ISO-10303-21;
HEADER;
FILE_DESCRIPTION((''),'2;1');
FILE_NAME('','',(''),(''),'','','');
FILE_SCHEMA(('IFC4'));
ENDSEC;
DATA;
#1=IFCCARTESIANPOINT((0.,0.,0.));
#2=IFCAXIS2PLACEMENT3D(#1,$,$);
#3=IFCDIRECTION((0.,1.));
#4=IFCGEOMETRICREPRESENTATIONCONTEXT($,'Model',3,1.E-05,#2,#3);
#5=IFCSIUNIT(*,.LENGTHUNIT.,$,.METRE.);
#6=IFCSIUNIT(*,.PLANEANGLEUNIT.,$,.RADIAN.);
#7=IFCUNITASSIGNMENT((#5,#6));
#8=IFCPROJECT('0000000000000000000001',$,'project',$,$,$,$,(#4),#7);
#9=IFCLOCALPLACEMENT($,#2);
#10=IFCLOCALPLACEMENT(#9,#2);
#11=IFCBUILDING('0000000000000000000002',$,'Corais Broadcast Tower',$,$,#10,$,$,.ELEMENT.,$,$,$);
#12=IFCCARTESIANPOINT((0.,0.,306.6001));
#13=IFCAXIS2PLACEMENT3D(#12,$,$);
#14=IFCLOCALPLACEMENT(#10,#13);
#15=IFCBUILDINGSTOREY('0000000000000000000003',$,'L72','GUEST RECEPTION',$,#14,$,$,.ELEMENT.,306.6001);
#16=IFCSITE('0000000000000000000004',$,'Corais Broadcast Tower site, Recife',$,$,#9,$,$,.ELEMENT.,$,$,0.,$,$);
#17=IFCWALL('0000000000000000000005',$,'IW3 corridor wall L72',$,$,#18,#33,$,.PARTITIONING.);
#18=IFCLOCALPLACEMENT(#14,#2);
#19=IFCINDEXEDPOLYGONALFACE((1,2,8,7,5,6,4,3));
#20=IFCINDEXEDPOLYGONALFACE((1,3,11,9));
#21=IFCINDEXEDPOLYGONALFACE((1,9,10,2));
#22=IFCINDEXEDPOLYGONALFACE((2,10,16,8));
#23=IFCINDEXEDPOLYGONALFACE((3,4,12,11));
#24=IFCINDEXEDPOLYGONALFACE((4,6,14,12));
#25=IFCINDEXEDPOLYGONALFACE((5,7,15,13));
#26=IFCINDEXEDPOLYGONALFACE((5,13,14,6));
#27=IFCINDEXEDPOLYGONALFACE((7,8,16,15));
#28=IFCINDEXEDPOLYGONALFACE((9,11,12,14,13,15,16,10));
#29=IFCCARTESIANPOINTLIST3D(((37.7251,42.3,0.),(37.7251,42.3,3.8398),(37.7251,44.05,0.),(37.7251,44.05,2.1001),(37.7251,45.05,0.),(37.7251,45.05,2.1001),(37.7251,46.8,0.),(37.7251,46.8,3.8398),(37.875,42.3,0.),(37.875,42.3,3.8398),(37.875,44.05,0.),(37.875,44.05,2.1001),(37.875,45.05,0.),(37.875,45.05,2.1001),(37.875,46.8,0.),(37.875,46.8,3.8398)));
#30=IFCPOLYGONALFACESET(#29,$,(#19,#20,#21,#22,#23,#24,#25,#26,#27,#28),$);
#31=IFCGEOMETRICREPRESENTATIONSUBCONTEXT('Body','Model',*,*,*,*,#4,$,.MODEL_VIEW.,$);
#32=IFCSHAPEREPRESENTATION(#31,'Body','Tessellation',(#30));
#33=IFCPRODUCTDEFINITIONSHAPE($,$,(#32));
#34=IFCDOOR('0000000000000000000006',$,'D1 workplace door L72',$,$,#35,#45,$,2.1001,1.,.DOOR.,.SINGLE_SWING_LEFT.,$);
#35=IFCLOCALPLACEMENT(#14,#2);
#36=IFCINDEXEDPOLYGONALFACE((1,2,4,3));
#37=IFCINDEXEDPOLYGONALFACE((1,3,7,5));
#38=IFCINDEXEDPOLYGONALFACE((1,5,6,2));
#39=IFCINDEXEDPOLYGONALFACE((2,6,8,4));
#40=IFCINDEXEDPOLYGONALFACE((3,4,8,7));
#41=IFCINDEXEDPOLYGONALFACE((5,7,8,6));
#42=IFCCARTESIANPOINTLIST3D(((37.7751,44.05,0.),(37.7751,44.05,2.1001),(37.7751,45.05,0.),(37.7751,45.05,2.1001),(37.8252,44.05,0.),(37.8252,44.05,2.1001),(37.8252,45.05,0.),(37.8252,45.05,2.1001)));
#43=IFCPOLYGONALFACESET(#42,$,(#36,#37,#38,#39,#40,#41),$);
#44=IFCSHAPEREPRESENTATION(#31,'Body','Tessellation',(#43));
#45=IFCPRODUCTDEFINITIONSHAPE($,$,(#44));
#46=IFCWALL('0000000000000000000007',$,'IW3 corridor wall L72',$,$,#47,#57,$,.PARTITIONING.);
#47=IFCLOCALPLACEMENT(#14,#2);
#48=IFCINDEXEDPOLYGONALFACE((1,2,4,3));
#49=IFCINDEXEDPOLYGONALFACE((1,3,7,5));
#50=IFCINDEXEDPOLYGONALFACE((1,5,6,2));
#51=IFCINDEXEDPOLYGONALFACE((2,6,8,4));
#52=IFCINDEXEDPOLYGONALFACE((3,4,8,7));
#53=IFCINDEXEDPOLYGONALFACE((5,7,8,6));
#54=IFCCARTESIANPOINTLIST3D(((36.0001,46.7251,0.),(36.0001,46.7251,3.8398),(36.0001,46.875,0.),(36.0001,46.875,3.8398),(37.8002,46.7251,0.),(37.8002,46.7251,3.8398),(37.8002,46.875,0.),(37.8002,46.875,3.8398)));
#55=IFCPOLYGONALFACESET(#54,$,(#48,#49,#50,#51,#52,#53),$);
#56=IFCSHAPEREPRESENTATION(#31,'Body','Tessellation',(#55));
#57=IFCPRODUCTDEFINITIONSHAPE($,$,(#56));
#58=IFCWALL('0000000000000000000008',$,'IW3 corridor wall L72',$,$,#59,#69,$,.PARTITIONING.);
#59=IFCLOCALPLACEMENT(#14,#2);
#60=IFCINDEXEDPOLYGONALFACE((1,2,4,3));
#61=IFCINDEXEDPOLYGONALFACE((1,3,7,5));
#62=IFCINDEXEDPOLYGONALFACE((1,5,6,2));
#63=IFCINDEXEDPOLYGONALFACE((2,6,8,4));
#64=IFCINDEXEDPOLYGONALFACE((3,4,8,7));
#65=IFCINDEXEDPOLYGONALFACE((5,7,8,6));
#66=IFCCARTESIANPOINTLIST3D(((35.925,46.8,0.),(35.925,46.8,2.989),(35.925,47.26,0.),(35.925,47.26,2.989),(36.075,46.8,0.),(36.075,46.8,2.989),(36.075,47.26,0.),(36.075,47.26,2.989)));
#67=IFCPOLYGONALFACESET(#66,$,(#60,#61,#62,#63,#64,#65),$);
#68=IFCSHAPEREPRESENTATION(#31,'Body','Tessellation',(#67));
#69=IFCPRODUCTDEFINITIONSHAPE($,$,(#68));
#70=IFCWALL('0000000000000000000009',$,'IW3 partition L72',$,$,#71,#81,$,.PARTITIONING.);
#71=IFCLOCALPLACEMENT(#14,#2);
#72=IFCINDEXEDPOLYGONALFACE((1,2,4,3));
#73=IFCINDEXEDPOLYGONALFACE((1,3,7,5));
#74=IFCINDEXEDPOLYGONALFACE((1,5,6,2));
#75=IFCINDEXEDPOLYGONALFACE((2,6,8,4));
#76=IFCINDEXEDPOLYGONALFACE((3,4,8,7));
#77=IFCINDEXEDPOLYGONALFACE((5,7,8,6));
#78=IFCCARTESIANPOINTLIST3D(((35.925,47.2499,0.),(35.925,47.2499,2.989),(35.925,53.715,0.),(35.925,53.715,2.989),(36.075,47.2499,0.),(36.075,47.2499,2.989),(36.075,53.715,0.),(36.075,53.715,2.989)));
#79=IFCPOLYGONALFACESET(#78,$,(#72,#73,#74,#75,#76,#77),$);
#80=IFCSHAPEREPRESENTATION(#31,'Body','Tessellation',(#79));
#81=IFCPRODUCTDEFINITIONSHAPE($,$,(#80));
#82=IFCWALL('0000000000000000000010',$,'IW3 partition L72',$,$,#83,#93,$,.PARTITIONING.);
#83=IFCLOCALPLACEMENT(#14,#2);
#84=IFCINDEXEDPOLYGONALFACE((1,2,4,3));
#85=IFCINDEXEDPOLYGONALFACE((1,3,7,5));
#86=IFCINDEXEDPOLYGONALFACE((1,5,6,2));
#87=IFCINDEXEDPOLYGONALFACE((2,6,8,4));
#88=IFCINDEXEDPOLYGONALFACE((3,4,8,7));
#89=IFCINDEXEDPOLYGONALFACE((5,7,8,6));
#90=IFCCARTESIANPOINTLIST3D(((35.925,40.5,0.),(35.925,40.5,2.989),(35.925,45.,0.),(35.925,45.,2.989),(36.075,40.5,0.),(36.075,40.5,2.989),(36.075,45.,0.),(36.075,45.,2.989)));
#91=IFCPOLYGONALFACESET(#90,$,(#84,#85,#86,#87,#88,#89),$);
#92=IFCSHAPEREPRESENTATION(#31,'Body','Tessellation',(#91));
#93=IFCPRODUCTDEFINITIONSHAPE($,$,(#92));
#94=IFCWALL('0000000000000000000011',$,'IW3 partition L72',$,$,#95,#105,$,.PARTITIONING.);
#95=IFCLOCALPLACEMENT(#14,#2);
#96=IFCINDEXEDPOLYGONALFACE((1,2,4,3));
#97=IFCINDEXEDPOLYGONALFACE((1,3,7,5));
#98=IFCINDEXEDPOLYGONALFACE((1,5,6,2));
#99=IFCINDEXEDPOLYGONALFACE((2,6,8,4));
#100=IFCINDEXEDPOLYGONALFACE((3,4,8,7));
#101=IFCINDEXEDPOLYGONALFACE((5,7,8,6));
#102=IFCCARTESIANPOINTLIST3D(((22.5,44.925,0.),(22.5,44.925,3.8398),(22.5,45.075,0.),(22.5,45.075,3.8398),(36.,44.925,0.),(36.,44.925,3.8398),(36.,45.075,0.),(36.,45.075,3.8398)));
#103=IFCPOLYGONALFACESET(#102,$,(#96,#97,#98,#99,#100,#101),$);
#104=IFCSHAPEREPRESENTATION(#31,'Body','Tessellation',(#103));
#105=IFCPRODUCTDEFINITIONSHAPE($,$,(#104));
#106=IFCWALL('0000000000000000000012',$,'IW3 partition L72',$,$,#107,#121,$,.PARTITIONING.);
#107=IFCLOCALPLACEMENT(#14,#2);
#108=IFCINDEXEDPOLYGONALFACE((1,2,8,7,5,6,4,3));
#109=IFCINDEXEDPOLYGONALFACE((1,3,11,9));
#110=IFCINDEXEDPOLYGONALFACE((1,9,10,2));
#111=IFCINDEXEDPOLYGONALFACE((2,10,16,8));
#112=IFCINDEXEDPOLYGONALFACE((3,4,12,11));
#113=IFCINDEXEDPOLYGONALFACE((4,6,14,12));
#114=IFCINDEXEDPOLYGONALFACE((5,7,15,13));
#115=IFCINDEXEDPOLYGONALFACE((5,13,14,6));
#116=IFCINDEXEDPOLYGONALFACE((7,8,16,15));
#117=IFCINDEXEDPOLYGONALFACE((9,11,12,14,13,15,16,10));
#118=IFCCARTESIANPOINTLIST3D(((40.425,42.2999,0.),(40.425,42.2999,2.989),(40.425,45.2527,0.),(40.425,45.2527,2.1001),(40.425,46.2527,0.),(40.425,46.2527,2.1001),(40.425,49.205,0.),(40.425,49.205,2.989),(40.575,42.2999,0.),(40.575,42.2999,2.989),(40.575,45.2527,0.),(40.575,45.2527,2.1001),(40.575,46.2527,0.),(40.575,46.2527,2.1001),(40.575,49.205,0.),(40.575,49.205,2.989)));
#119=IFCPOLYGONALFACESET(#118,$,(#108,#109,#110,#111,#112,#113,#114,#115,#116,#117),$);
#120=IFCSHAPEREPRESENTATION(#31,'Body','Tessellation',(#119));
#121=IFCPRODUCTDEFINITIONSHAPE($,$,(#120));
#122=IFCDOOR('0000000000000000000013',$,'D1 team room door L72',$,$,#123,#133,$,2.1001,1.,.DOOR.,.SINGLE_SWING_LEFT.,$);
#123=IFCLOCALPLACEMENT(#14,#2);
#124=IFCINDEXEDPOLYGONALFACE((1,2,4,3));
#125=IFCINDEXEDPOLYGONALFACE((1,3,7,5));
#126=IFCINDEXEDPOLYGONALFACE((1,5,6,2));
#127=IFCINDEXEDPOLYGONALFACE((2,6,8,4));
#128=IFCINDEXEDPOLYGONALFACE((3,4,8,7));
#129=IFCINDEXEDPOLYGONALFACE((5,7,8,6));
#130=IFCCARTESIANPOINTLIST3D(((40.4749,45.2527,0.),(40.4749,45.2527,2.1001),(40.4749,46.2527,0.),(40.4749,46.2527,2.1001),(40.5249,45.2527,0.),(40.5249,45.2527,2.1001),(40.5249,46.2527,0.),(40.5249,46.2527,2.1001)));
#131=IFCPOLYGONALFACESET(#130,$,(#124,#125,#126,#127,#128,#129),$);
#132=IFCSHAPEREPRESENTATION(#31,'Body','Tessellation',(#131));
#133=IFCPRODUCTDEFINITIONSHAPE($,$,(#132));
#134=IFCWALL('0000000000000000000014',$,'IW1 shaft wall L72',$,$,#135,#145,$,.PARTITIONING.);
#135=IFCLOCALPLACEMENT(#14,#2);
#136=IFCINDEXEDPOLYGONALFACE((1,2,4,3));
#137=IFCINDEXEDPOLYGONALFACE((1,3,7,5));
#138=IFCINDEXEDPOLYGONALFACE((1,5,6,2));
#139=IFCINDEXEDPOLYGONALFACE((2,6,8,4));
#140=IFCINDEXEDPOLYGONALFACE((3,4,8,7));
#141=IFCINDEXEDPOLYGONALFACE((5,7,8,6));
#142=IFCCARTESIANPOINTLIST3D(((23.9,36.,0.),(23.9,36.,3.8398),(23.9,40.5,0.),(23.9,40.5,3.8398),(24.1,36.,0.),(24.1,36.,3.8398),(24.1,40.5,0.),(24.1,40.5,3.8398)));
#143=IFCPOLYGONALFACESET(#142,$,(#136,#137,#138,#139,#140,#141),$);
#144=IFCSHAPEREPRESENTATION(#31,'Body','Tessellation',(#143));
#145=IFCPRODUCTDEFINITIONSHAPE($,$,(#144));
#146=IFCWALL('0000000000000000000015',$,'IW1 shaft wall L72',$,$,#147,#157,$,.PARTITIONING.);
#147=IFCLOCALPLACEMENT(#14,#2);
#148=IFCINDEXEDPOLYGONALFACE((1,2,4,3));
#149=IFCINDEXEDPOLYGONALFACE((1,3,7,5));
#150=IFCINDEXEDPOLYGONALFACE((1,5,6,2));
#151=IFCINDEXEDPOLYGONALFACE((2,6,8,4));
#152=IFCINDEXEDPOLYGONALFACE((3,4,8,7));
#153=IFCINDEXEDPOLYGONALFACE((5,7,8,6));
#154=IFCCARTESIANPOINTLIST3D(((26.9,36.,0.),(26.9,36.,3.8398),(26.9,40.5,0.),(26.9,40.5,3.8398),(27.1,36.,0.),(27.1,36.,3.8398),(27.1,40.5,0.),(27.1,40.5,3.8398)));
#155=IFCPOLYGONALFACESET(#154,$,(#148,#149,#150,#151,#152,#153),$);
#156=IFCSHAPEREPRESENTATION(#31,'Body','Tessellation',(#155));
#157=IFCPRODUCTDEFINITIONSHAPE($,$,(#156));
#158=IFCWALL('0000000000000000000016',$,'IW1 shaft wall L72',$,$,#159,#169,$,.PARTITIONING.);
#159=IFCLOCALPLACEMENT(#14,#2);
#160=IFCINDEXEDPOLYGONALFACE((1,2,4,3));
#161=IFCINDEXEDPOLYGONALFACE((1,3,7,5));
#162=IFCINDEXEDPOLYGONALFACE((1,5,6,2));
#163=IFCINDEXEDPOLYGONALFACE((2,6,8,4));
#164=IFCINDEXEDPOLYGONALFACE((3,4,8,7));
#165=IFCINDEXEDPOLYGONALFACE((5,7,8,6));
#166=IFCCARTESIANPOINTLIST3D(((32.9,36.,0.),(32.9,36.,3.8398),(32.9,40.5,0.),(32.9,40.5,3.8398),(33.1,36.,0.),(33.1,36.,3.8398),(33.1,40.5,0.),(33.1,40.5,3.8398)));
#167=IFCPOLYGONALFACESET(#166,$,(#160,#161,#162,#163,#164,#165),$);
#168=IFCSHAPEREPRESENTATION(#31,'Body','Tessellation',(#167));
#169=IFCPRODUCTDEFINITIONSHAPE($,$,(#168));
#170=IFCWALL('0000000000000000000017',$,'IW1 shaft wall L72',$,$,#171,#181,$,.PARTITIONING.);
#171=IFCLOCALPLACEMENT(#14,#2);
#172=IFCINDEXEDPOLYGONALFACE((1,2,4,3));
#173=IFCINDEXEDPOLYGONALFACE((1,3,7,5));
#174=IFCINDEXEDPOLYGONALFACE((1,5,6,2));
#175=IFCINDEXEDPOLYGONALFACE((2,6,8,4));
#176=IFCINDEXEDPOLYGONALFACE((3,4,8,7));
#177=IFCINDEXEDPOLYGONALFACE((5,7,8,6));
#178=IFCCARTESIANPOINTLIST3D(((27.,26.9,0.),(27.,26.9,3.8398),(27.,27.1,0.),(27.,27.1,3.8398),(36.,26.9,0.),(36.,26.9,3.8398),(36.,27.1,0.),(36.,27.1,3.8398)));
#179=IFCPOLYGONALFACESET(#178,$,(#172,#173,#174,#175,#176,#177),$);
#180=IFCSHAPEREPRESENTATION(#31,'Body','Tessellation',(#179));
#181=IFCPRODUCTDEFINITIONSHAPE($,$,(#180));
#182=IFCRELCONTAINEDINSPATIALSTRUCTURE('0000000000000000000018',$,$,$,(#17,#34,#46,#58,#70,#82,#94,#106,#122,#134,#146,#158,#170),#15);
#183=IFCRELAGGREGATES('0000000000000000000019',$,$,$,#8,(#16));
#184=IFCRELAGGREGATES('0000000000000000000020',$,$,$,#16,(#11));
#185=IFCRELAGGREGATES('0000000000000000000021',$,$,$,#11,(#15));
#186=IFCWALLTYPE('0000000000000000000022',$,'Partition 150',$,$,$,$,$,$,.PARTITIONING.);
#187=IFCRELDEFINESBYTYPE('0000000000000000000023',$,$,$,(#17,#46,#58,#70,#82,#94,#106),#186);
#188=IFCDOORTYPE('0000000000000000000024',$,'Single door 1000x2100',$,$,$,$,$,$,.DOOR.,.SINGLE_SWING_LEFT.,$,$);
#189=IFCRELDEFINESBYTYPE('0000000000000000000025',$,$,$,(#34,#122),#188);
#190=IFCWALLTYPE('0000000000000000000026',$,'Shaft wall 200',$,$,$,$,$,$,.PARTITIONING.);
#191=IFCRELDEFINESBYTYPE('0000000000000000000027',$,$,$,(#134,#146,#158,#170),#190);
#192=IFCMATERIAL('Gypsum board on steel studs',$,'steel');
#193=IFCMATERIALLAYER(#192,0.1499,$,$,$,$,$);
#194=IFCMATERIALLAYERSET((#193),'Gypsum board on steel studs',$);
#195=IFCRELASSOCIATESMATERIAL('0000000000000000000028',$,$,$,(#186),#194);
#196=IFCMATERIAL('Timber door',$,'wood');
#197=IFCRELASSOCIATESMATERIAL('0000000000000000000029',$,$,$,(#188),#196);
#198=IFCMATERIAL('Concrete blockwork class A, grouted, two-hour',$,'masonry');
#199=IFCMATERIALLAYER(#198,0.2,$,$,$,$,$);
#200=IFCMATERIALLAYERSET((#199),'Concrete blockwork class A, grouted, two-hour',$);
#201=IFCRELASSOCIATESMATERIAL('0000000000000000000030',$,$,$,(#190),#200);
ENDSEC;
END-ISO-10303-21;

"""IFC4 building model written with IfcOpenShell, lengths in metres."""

from ifc_helpers import new_model, si_unit, direction, frame, frame_2d, origin, place, context, subcontext, project, spatial, rectangle, extrude, material, layer, layer_set, type_object, element, fill, save


model = new_model("IFC4")

# Units and contexts
model_context = context("Model", 3, precision=1e-05, world=origin(), true_north=direction((0.0, 1.0)))
body_context = subcontext(model_context, "Body", "Model", "MODEL_VIEW")
ifc_project = project(units=[si_unit("LENGTHUNIT", "METRE"), si_unit("PLANEANGLEUNIT", "RADIAN")], contexts=[model_context])

# Site, building, storey
site_placement = place(None, origin())
site = spatial("IfcSite", under=ifc_project, at=site_placement, Name="Corais Broadcast Tower site, Recife", CompositionType="ELEMENT", RefElevation=0.0)
building_placement = place(site_placement, origin())
building = spatial("IfcBuilding", under=site, at=building_placement, Name="Corais Broadcast Tower", CompositionType="ELEMENT")
storey_placement = place(building_placement, frame((0.0, 0.0, 306.6001)))
storey = spatial("IfcBuildingStorey", under=building, at=storey_placement, Name="L72", Description="GUEST RECEPTION", CompositionType="ELEMENT", Elevation=306.6001)

# Wall, opening, door
ifc_material_1 = material(Name="Gypsum board on steel studs", Category="steel")
ifc_layer_1 = layer(ifc_material_1, 0.1499)
ifc_layer_set_1 = layer_set([ifc_layer_1], Name="Gypsum board on steel studs")
wall_type_1 = type_object("IfcWallType", Name="Partition 150", PredefinedType="PARTITIONING", material=ifc_layer_set_1)
wall_1_placement = place(storey_placement, frame((37.8, 42.3, 0.0), z_axis=(0.0, 0.0, 1.0), x_axis=(0.0, 1.0, 0.0)))
wall_1 = element("IfcWall", 1, at=wall_1_placement, inside=storey, type_object=wall_type_1, Name="IW3 corridor wall L72", PredefinedType="PARTITIONING", context=body_context, shape_type="SweptSolid", body=[
    extrude(rectangle(XDim=4.5, YDim=0.1499, at=frame_2d((2.25, 0.0))), origin(), (0.0, 0.0, 1.0), 3.8398),
])
opening_1_placement = place(wall_1_placement, frame((1.75, 0.0, 0.0)))
opening_1 = element("IfcOpeningElement", 2, at=opening_1_placement, cuts=wall_1, PredefinedType="OPENING", context=body_context, shape_type="SweptSolid", body=[
    extrude(rectangle(XDim=1.0, YDim=2.1001, at=frame_2d((0.5, 1.05))), frame((0.0, 0.085, 0.0), z_axis=(0.0, -1.0, 0.0), x_axis=(1.0, 0.0, 0.0)), (0.0, 0.0, 1.0), 0.1699),
])
ifc_material_2 = material(Name="Timber door", Category="wood")
door_type = type_object("IfcDoorType", Name="Single door 1000x2100", OperationType="SINGLE_SWING_LEFT", PredefinedType="DOOR", material=ifc_material_2)
door_1_placement = place(opening_1_placement, origin())
door_1 = element("IfcDoor", 3, at=door_1_placement, inside=storey, type_object=door_type, Name="D1 workplace door L72", OperationType="SINGLE_SWING_LEFT", OverallHeight=2.1001, OverallWidth=1.0, PredefinedType="DOOR", context=body_context, shape_type="SweptSolid", body=[
    extrude(rectangle(XDim=1.0, YDim=2.1001, at=frame_2d((0.5, 1.05))), frame((0.0, 0.0249, 0.0), z_axis=(0.0, -1.0, 0.0), x_axis=(1.0, 0.0, 0.0)), (0.0, 0.0, 1.0), 0.05),
])
fill(opening_1, door_1)

# Walls
wall_2_placement = place(storey_placement, frame((37.8, 46.8, 0.0), z_axis=(0.0, 0.0, 1.0), x_axis=(-1.0, 0.0, 0.0)))
element("IfcWall", 4, at=wall_2_placement, inside=storey, type_object=wall_type_1, Name="IW3 corridor wall L72", PredefinedType="PARTITIONING", context=body_context, shape_type="SweptSolid", body=[
    extrude(rectangle(XDim=1.8, YDim=0.1499, at=frame_2d((0.8999, 0.0))), origin(), (0.0, 0.0, 1.0), 3.8398),
])
wall_3_placement = place(storey_placement, frame((36.0, 46.8, 0.0), z_axis=(0.0, 0.0, 1.0), x_axis=(0.0, 1.0, 0.0)))
element("IfcWall", 5, at=wall_3_placement, inside=storey, type_object=wall_type_1, Name="IW3 corridor wall L72", PredefinedType="PARTITIONING", context=body_context, shape_type="SweptSolid", body=[
    extrude(rectangle(XDim=0.46, YDim=0.1499, at=frame_2d((0.23, 0.0))), origin(), (0.0, 0.0, 1.0), 2.989),
])
wall_4_placement = place(storey_placement, frame((36.0, 47.25, 0.0), z_axis=(0.0, 0.0, 1.0), x_axis=(0.0, 1.0, 0.0)))
element("IfcWall", 6, at=wall_4_placement, inside=storey, type_object=wall_type_1, Name="IW3 partition L72", PredefinedType="PARTITIONING", context=body_context, shape_type="SweptSolid", body=[
    extrude(rectangle(XDim=6.4651, YDim=0.1499, at=frame_2d((3.2324, 0.0))), origin(), (0.0, 0.0, 1.0), 2.989),
])
wall_5_placement = place(storey_placement, frame((36.0, 40.5, 0.0), z_axis=(0.0, 0.0, 1.0), x_axis=(0.0, 1.0, 0.0)))
element("IfcWall", 7, at=wall_5_placement, inside=storey, type_object=wall_type_1, Name="IW3 partition L72", PredefinedType="PARTITIONING", context=body_context, shape_type="SweptSolid", body=[
    extrude(rectangle(XDim=4.5, YDim=0.1499, at=frame_2d((2.25, 0.0))), origin(), (0.0, 0.0, 1.0), 2.989),
])
wall_6_placement = place(storey_placement, frame((36.0, 45.0, 0.0), z_axis=(0.0, 0.0, 1.0), x_axis=(-1.0, 0.0, 0.0)))
element("IfcWall", 8, at=wall_6_placement, inside=storey, type_object=wall_type_1, Name="IW3 partition L72", PredefinedType="PARTITIONING", context=body_context, shape_type="SweptSolid", body=[
    extrude(rectangle(XDim=13.5, YDim=0.1499, at=frame_2d((6.75, 0.0))), origin(), (0.0, 0.0, 1.0), 3.8398),
])

# Wall, opening, door
wall_7_placement = place(storey_placement, frame((40.5, 49.2051, 0.0), z_axis=(0.0, 0.0, 1.0), x_axis=(0.0, -1.0, 0.0)))
wall_7 = element("IfcWall", 9, at=wall_7_placement, inside=storey, type_object=wall_type_1, Name="IW3 partition L72", PredefinedType="PARTITIONING", context=body_context, shape_type="SweptSolid", body=[
    extrude(rectangle(XDim=6.905, YDim=0.1499, at=frame_2d((3.4526, 0.0))), origin(), (0.0, 0.0, 1.0), 2.989),
])
opening_2_placement = place(wall_7_placement, frame((2.9524, 0.0, 0.0)))
opening_2 = element("IfcOpeningElement", 10, at=opening_2_placement, cuts=wall_7, PredefinedType="OPENING", context=body_context, shape_type="SweptSolid", body=[
    extrude(rectangle(XDim=1.0, YDim=2.1001, at=frame_2d((0.5, 1.05))), frame((0.0, 0.085, 0.0), z_axis=(0.0, -1.0, 0.0), x_axis=(1.0, 0.0, 0.0)), (0.0, 0.0, 1.0), 0.1699),
])
door_2_placement = place(opening_2_placement, origin())
door_2 = element("IfcDoor", 11, at=door_2_placement, inside=storey, type_object=door_type, Name="D1 team room door L72", OperationType="SINGLE_SWING_LEFT", OverallHeight=2.1001, OverallWidth=1.0, PredefinedType="DOOR", context=body_context, shape_type="SweptSolid", body=[
    extrude(rectangle(XDim=1.0, YDim=2.1001, at=frame_2d((0.5, 1.05))), frame((0.0, 0.0249, 0.0), z_axis=(0.0, -1.0, 0.0), x_axis=(1.0, 0.0, 0.0)), (0.0, 0.0, 1.0), 0.05),
])
fill(opening_2, door_2)

# Walls
ifc_material_3 = material(Name="Concrete blockwork class A, grouted, two-hour", Category="masonry")
ifc_layer_2 = layer(ifc_material_3, 0.2)
ifc_layer_set_2 = layer_set([ifc_layer_2], Name="Concrete blockwork class A, grouted, two-hour")
wall_type_2 = type_object("IfcWallType", Name="Shaft wall 200", PredefinedType="PARTITIONING", material=ifc_layer_set_2)
for number, where, z_axis, x_axis, name in (
    (12, (24.0, 36.0, 0.0), (0.0, 0.0, 1.0), (0.0, 1.0, 0.0), "IW1 shaft wall L72"),
    (13, (27.0, 36.0, 0.0), (0.0, 0.0, 1.0), (0.0, 1.0, 0.0), "IW1 shaft wall L72"),
    (14, (33.0, 36.0, 0.0), (0.0, 0.0, 1.0), (0.0, 1.0, 0.0), "IW1 shaft wall L72"),
):
    element("IfcWall", number, at=place(storey_placement, frame(where, z_axis=z_axis, x_axis=x_axis)), inside=storey, type_object=wall_type_2, Name=name, PredefinedType="PARTITIONING", context=body_context, shape_type="SweptSolid", body=[
        extrude(rectangle(XDim=4.5, YDim=0.2, at=frame_2d((2.25, 0.0))), origin(), (0.0, 0.0, 1.0), 3.8398),
    ])
wall_8_placement = place(storey_placement, frame((27.0, 27.0, 0.0), z_axis=(0.0, 0.0, 1.0), x_axis=(1.0, 0.0, 0.0)))
element("IfcWall", 15, at=wall_8_placement, inside=storey, type_object=wall_type_2, Name="IW1 shaft wall L72", PredefinedType="PARTITIONING", context=body_context, shape_type="SweptSolid", body=[
    extrude(rectangle(XDim=9.0, YDim=0.2, at=frame_2d((4.5, 0.0))), origin(), (0.0, 0.0, 1.0), 3.8398),
])

save(model, "model.ifc")
